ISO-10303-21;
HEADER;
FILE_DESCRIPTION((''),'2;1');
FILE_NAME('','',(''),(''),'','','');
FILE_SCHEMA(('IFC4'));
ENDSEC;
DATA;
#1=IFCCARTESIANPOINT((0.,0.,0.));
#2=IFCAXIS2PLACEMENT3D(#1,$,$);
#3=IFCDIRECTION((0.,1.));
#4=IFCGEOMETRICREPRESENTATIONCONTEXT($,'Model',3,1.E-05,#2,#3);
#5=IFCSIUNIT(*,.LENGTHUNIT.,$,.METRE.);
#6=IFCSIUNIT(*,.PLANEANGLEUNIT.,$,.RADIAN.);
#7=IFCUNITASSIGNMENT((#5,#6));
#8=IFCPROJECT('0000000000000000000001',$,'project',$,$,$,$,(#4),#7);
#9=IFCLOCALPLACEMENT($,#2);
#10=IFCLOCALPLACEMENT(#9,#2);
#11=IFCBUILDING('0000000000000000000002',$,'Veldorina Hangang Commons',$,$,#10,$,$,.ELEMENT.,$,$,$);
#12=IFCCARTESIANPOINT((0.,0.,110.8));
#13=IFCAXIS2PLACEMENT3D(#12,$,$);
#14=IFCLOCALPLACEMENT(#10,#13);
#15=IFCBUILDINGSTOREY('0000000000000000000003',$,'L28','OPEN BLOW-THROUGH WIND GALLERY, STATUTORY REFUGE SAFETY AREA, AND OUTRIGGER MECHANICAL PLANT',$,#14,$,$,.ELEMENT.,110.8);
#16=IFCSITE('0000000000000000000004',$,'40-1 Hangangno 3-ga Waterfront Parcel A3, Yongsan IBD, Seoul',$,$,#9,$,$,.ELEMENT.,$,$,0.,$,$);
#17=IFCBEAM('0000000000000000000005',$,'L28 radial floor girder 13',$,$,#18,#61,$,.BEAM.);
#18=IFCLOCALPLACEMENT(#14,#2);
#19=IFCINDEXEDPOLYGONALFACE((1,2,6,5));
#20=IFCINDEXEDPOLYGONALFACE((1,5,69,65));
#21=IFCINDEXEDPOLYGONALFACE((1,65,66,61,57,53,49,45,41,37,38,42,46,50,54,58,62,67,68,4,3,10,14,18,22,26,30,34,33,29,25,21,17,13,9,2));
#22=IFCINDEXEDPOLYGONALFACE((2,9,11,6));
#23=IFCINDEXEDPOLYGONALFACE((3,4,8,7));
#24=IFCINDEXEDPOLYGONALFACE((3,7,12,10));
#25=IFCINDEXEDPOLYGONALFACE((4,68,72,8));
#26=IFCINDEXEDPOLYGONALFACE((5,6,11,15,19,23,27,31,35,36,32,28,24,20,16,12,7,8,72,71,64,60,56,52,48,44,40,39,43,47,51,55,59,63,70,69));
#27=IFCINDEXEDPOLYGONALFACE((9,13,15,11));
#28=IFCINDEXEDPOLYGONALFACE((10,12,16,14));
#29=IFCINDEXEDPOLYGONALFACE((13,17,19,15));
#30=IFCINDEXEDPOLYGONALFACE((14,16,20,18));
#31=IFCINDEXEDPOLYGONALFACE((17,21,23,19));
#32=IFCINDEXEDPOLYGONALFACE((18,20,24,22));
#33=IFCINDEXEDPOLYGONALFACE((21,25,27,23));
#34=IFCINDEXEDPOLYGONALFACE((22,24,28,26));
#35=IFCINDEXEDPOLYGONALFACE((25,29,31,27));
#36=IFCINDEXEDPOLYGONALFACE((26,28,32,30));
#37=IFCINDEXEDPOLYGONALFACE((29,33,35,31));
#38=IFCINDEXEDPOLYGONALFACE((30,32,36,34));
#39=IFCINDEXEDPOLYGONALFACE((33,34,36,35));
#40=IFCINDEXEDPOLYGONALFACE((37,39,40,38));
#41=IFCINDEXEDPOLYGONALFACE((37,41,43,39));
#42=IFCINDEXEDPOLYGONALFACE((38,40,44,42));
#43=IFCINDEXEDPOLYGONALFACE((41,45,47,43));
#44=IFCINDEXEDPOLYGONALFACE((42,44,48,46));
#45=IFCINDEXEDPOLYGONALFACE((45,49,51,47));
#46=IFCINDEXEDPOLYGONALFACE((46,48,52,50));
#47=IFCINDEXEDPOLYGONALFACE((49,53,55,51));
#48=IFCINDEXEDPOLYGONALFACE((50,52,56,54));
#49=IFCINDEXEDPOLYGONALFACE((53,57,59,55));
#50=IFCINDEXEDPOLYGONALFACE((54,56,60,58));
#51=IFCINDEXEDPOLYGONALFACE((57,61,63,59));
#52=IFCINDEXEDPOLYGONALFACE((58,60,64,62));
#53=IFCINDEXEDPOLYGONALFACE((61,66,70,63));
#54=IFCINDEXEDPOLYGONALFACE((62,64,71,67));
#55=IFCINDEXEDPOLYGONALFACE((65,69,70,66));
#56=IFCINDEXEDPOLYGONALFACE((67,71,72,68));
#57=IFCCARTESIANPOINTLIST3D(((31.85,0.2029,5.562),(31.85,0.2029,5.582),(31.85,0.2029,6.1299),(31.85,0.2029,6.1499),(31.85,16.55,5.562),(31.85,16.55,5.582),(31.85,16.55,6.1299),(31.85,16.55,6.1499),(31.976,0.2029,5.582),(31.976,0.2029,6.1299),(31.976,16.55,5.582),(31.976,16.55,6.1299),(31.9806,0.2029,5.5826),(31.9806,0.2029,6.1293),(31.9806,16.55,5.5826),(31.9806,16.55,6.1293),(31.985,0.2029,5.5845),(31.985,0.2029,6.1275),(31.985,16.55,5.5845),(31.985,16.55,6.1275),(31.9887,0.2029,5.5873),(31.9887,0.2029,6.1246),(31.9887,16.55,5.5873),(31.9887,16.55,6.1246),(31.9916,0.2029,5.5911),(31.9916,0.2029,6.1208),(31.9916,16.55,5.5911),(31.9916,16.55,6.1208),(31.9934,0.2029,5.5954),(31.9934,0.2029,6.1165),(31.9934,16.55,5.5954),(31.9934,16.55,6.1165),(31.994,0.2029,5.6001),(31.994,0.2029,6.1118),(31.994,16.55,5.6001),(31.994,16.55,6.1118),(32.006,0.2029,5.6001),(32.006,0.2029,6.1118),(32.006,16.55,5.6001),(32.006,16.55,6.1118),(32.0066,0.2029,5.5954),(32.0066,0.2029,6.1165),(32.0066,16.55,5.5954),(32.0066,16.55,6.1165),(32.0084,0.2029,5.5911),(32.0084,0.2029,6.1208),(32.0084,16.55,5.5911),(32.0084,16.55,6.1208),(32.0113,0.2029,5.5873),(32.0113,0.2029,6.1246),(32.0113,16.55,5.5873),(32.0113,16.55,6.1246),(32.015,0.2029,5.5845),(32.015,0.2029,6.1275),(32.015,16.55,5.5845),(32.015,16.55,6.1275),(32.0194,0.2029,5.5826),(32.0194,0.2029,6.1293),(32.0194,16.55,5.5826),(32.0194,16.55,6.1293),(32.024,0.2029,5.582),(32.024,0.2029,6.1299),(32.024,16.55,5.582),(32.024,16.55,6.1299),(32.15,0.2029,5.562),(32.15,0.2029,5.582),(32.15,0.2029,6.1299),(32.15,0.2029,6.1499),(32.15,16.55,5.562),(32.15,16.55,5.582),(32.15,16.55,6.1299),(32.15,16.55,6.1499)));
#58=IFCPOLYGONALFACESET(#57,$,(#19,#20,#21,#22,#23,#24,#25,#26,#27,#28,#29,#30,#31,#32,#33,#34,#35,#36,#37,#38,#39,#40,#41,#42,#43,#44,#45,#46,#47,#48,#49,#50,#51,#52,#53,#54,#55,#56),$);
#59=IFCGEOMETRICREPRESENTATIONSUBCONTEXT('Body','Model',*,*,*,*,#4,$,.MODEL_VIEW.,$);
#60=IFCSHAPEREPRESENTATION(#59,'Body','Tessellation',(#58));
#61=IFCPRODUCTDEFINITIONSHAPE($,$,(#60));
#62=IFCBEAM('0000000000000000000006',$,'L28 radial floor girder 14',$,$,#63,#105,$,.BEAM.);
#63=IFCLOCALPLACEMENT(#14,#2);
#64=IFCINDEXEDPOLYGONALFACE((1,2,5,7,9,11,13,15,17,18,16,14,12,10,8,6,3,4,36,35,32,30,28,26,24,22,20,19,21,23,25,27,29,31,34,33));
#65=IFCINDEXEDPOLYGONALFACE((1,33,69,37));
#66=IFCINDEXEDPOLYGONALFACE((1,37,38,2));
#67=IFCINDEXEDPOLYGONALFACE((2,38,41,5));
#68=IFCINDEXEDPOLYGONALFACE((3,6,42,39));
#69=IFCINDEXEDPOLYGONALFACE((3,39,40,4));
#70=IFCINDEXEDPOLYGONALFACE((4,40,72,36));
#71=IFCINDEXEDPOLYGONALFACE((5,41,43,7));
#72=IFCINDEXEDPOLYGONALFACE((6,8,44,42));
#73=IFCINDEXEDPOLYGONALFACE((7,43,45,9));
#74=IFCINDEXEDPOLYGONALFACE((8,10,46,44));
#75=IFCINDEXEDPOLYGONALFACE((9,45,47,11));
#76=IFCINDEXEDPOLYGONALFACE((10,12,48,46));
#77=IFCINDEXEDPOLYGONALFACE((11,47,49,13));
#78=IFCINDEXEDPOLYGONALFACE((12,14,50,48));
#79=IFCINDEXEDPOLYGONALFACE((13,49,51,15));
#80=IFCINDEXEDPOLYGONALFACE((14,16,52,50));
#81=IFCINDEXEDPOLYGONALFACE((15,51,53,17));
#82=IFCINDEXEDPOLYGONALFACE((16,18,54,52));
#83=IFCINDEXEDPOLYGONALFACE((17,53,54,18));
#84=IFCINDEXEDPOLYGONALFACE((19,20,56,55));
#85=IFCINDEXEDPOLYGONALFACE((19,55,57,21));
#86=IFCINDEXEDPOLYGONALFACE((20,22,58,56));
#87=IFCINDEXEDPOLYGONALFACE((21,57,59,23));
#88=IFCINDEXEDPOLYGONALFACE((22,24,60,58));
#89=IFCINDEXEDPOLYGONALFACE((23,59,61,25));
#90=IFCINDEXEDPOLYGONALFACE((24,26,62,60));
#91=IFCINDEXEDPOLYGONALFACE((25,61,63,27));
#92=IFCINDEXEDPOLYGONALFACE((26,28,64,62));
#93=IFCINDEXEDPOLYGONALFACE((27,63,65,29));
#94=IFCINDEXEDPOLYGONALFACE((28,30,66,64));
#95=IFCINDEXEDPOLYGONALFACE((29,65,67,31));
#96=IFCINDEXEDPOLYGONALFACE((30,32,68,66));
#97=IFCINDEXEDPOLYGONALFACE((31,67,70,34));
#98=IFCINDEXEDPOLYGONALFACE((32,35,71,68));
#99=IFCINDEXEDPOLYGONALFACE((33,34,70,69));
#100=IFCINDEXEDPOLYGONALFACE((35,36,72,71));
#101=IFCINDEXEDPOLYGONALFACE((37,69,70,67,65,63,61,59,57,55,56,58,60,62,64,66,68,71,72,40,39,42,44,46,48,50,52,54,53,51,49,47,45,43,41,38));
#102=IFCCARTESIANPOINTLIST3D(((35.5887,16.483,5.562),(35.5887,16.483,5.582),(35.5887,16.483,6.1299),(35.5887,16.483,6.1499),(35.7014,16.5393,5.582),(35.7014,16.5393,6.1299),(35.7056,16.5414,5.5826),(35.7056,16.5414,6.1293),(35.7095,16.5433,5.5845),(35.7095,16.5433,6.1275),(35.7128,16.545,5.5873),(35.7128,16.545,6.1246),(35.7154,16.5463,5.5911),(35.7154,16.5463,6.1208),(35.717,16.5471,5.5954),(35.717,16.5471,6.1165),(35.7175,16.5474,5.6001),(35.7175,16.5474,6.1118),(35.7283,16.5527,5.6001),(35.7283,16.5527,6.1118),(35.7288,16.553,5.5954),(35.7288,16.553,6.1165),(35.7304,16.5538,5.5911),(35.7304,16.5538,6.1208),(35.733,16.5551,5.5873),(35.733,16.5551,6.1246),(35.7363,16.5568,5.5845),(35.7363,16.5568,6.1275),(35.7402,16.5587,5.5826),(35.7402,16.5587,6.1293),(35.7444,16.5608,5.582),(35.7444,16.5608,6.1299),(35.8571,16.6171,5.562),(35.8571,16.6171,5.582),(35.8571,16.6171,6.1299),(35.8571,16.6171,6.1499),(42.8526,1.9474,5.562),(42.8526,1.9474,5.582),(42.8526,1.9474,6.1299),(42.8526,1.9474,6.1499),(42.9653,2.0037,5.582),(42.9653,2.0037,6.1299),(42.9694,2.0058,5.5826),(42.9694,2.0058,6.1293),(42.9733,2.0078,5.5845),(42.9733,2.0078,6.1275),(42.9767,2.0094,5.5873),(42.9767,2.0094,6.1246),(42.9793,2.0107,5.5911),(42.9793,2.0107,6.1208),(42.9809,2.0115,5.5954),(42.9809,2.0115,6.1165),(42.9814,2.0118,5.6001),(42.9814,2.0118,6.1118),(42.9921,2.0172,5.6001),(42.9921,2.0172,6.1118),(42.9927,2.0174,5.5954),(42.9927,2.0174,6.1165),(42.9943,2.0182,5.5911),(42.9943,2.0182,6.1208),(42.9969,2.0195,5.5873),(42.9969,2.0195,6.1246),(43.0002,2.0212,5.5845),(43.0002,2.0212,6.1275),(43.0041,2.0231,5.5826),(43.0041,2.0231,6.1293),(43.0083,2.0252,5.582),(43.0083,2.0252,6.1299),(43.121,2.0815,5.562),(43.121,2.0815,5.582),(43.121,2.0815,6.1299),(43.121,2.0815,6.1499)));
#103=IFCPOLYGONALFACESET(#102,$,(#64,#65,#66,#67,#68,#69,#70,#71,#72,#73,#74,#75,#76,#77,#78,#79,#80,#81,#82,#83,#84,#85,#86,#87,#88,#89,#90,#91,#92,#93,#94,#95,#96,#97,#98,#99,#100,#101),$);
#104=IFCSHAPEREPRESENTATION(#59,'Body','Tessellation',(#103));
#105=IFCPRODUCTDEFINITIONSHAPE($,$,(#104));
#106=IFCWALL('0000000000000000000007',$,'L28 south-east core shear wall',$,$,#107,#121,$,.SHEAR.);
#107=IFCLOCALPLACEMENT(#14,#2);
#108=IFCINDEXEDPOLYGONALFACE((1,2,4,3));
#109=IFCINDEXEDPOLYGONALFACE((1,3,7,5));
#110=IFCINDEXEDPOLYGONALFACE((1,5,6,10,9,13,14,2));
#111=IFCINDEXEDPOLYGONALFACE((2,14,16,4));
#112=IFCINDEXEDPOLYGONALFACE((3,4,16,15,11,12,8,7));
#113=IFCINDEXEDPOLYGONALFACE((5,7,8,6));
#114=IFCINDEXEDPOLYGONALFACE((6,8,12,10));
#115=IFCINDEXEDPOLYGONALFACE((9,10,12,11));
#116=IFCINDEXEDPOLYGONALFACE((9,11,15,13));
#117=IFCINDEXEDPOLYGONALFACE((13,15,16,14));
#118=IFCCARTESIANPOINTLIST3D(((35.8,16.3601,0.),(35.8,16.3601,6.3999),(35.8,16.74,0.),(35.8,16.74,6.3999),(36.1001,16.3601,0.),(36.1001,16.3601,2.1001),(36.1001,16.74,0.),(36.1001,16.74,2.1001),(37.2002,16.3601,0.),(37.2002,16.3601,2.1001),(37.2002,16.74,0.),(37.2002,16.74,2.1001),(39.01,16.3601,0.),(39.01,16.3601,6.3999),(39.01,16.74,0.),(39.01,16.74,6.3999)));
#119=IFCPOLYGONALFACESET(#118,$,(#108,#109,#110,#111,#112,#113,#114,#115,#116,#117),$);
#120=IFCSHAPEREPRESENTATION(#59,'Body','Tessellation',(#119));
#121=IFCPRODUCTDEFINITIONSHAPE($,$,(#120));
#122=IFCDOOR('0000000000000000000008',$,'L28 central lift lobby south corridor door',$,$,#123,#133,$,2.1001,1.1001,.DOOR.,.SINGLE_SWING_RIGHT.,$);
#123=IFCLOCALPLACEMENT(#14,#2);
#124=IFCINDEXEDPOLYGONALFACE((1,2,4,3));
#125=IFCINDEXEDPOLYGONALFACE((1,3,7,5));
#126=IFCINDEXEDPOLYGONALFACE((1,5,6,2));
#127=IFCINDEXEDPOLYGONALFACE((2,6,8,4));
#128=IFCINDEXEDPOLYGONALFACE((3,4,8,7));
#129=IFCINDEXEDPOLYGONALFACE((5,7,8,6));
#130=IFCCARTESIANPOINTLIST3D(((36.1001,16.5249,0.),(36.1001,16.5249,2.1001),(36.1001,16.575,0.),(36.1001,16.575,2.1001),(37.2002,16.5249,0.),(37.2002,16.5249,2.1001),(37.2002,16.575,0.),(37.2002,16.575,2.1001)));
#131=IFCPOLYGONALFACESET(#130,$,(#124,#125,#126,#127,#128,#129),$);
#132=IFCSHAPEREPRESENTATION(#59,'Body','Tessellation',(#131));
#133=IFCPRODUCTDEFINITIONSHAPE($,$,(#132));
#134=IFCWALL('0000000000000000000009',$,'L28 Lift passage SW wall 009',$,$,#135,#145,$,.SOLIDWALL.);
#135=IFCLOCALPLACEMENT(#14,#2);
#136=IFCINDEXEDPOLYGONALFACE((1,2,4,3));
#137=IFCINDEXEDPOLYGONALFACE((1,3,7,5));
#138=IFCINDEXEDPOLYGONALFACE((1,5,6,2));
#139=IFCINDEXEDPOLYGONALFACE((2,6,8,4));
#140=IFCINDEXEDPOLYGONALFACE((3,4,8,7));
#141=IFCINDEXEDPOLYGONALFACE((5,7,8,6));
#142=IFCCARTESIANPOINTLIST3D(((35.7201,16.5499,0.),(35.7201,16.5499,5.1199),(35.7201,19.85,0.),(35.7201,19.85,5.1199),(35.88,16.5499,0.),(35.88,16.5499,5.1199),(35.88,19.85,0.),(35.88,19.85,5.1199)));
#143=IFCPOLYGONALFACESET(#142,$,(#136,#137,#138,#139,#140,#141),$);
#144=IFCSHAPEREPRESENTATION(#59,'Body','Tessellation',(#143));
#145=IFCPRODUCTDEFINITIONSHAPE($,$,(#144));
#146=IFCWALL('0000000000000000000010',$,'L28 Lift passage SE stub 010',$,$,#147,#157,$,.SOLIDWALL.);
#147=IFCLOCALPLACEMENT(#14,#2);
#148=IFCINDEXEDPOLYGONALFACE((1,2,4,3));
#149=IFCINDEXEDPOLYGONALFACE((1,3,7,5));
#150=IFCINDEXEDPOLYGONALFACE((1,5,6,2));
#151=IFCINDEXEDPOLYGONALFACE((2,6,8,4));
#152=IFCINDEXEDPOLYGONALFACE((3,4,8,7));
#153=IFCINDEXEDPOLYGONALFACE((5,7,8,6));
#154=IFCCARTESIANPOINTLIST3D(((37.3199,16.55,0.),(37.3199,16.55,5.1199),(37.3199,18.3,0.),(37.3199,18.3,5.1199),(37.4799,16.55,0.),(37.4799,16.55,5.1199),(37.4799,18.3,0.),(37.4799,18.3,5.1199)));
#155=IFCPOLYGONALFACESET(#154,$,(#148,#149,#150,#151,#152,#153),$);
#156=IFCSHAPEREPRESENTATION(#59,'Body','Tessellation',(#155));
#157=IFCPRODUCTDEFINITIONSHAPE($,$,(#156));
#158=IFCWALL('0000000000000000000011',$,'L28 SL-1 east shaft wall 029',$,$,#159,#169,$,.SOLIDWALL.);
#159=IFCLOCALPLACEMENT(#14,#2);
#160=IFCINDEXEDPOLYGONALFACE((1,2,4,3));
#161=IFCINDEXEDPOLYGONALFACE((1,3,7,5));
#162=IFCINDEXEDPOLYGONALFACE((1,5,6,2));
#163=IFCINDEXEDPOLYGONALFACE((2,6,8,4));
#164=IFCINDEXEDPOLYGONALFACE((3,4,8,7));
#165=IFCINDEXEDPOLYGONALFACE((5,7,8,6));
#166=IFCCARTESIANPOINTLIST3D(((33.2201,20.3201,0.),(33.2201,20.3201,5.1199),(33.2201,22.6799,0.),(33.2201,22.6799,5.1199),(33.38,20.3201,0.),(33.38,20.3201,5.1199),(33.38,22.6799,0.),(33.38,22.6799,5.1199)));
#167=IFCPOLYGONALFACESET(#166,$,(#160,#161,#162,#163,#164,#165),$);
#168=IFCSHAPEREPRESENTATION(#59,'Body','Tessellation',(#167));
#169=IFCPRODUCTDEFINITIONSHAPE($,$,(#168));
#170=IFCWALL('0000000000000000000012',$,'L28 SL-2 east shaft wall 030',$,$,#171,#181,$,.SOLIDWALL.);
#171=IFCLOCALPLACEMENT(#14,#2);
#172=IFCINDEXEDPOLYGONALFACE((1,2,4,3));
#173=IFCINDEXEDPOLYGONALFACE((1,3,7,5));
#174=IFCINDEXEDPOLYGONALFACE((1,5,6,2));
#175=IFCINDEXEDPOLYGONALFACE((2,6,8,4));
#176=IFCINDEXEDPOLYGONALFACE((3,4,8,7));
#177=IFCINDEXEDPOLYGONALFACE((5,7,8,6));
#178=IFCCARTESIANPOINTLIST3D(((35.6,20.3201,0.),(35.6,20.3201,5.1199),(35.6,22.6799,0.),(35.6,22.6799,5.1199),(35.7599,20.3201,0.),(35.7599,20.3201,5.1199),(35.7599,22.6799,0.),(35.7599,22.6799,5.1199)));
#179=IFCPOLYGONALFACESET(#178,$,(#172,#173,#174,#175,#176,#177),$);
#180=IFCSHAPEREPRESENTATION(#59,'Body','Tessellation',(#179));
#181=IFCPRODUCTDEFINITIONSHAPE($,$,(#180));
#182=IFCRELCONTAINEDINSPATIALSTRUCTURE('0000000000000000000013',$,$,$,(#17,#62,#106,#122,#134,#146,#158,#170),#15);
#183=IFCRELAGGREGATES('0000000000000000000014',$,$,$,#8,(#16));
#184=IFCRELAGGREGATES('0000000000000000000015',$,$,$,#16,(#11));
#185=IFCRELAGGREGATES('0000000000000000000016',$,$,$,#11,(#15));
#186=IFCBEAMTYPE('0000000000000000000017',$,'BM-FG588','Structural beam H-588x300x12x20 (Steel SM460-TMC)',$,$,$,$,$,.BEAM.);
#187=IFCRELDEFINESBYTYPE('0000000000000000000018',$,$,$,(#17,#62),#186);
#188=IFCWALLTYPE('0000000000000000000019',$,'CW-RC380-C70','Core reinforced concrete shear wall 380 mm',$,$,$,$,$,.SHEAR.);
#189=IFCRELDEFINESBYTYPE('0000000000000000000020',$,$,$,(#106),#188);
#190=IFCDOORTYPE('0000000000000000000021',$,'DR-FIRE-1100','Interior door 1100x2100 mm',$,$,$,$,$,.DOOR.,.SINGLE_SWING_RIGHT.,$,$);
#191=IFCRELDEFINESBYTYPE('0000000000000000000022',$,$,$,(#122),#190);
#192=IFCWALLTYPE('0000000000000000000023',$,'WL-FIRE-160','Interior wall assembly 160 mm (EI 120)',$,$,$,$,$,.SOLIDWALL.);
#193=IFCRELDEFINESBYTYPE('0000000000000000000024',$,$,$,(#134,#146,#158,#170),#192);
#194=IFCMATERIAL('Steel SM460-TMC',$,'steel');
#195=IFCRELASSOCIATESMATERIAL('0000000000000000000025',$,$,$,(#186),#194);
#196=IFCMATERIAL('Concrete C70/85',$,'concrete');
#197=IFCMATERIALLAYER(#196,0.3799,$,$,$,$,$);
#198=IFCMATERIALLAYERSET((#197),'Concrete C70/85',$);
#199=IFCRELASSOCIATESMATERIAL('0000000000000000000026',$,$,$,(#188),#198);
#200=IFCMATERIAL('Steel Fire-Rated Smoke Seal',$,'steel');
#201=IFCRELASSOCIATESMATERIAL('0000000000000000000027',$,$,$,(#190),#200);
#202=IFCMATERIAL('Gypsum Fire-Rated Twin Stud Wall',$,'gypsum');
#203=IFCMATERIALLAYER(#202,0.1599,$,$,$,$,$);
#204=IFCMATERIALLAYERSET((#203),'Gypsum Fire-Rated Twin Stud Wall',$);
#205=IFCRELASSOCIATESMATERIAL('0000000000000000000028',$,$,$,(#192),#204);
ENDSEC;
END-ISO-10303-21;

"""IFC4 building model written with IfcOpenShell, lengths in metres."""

from ifc_helpers import new_model, si_unit, direction, frame, frame_2d, origin, origin_2d, place, context, subcontext, project, spatial, rectangle, i_section, extrude, material, layer, layer_set, material_profile, profile_set, type_object, element, fill, save


model = new_model("IFC4")

# Units and contexts
model_context = context("Model", 3, precision=1e-05, world=origin(), true_north=direction((0.0, 1.0)))
body_context = subcontext(model_context, "Body", "Model", "MODEL_VIEW")
ifc_project = project(units=[si_unit("LENGTHUNIT", "METRE"), si_unit("PLANEANGLEUNIT", "RADIAN")], contexts=[model_context])

# Site, building, storey
site_placement = place(None, origin())
site = spatial("IfcSite", under=ifc_project, at=site_placement, Name="40-1 Hangangno 3-ga Waterfront Parcel A3, Yongsan IBD, Seoul", CompositionType="ELEMENT", RefElevation=0.0)
building_placement = place(site_placement, origin())
building = spatial("IfcBuilding", under=site, at=building_placement, Name="Veldorina Hangang Commons", CompositionType="ELEMENT")
storey_placement = place(building_placement, frame((0.0, 0.0, 110.8)))
storey = spatial("IfcBuildingStorey", under=building, at=storey_placement, Name="L28", Description="OPEN BLOW-THROUGH WIND GALLERY, STATUTORY REFUGE SAFETY AREA, AND OUTRIGGER MECHANICAL PLANT", CompositionType="ELEMENT", Elevation=110.8)

# Beams
ifc_material_1 = material(Name="Steel SM460-TMC", Category="steel")
ifc_material_profile = material_profile(ifc_material_1, i_section(OverallWidth=0.3, OverallDepth=0.5879, WebThickness=0.012, FlangeThickness=0.02, FilletRadius=0.0181, at=origin_2d()), Name="H-588x300x12x20")
ifc_profile_set = profile_set([ifc_material_profile], Name="Steel SM460-TMC")
beam_type = type_object("IfcBeamType", Name="BM-FG588", Description="Structural beam H-588x300x12x20 (Steel SM460-TMC)", PredefinedType="BEAM", material=ifc_profile_set)
beam_1_placement = place(storey_placement, frame((32.0, 16.55, 5.856), z_axis=(0.0, -1.0, 0.0), x_axis=(1.0, 0.0, 0.0)))
element("IfcBeam", 1, at=beam_1_placement, inside=storey, type_object=beam_type, Name="L28 radial floor girder 13", PredefinedType="BEAM", context=body_context, shape_type="SweptSolid", body=[
    extrude(i_section(OverallWidth=0.3, OverallDepth=0.5879, WebThickness=0.012, FlangeThickness=0.02, FilletRadius=0.0181, at=origin_2d()), origin(), (0.0, 0.0, 1.0), 16.3472),
])
beam_2_placement = place(storey_placement, frame((35.7229, 16.55, 5.856), z_axis=(0.447021, -0.894523, 0.0), x_axis=(0.894523, 0.447021, 0.0)))
element("IfcBeam", 2, at=beam_2_placement, inside=storey, type_object=beam_type, Name="L28 radial floor girder 14", PredefinedType="BEAM", context=body_context, shape_type="SweptSolid", body=[
    extrude(i_section(OverallWidth=0.3, OverallDepth=0.5879, WebThickness=0.012, FlangeThickness=0.02, FilletRadius=0.0181, at=origin_2d()), origin(), (0.0, 0.0, 1.0), 16.2495),
])

# Wall, opening, door
ifc_material_2 = material(Name="Concrete C70/85", Category="concrete")
ifc_layer_1 = layer(ifc_material_2, 0.3799)
ifc_layer_set_1 = layer_set([ifc_layer_1], Name="Concrete C70/85")
wall_type_1 = type_object("IfcWallType", Name="CW-RC380-C70", Description="Core reinforced concrete shear wall 380 mm", PredefinedType="SHEAR", material=ifc_layer_set_1)
wall_1_placement = place(storey_placement, frame((35.8, 16.55, 0.0), z_axis=(0.0, 0.0, 1.0), x_axis=(1.0, 0.0, 0.0)))
wall_1 = element("IfcWall", 3, at=wall_1_placement, inside=storey, type_object=wall_type_1, Name="L28 south-east core shear wall", PredefinedType="SHEAR", context=body_context, shape_type="SweptSolid", body=[
    extrude(rectangle(XDim=3.21, YDim=0.3799, at=frame_2d((1.605, 0.0))), origin(), (0.0, 0.0, 1.0), 6.3999),
])
opening_1_placement = place(wall_1_placement, frame((0.3, 0.0, 0.0)))
opening_1 = element("IfcOpeningElement", 4, at=opening_1_placement, cuts=wall_1, PredefinedType="OPENING", context=body_context, shape_type="SweptSolid", body=[
    extrude(rectangle(XDim=1.1001, YDim=2.1001, at=frame_2d((0.55, 1.05))), frame((0.0, 0.2, 0.0), z_axis=(0.0, -1.0, 0.0), x_axis=(1.0, 0.0, 0.0)), (0.0, 0.0, 1.0), 0.3999),
])
ifc_material_3 = material(Name="Steel Fire-Rated Smoke Seal", Category="steel")
door_type_1 = type_object("IfcDoorType", Name="DR-FIRE-1100", Description="Interior door 1100x2100 mm", OperationType="SINGLE_SWING_RIGHT", PredefinedType="DOOR", material=ifc_material_3)
door_1_placement = place(opening_1_placement, origin())
door_1 = element("IfcDoor", 5, at=door_1_placement, inside=storey, type_object=door_type_1, Name="L28 central lift lobby south corridor door", OperationType="SINGLE_SWING_RIGHT", OverallHeight=2.1001, OverallWidth=1.1001, PredefinedType="DOOR", context=body_context, shape_type="SweptSolid", body=[
    extrude(rectangle(XDim=1.1001, YDim=2.1001, at=frame_2d((0.55, 1.05))), frame((0.0, 0.0249, 0.0), z_axis=(0.0, -1.0, 0.0), x_axis=(1.0, 0.0, 0.0)), (0.0, 0.0, 1.0), 0.05),
])
fill(opening_1, door_1)

# Walls
ifc_material_4 = material(Name="Gypsum Fire-Rated Twin Stud Wall", Category="gypsum")
ifc_layer_2 = layer(ifc_material_4, 0.1599)
ifc_layer_set_2 = layer_set([ifc_layer_2], Name="Gypsum Fire-Rated Twin Stud Wall")
wall_type_2 = type_object("IfcWallType", Name="WL-FIRE-160", Description="Interior wall assembly 160 mm (EI 120)", PredefinedType="SOLIDWALL", material=ifc_layer_set_2)
wall_2_placement = place(storey_placement, frame((35.8, 16.55, 0.0), z_axis=(0.0, 0.0, 1.0), x_axis=(0.0, 1.0, 0.0)))
element("IfcWall", 6, at=wall_2_placement, inside=storey, type_object=wall_type_2, Name="L28 Lift passage SW wall 009", PredefinedType="SOLIDWALL", context=body_context, shape_type="SweptSolid", body=[
    extrude(rectangle(XDim=3.3, YDim=0.1599, at=frame_2d((1.6499, 0.0))), origin(), (0.0, 0.0, 1.0), 5.1199),
])
wall_3_placement = place(storey_placement, frame((37.3999, 16.55, 0.0), z_axis=(0.0, 0.0, 1.0), x_axis=(0.0, 1.0, 0.0)))
element("IfcWall", 7, at=wall_3_placement, inside=storey, type_object=wall_type_2, Name="L28 Lift passage SE stub 010", PredefinedType="SOLIDWALL", context=body_context, shape_type="SweptSolid", body=[
    extrude(rectangle(XDim=1.75, YDim=0.1599, at=frame_2d((0.875, 0.0))), origin(), (0.0, 0.0, 1.0), 5.1199),
])
for number, where, z_axis, x_axis, name in (
    (8, (33.3, 20.3201, 0.0), (0.0, 0.0, 1.0), (0.0, 1.0, 0.0), "L28 SL-1 east shaft wall 029"),
    (9, (35.6799, 20.3201, 0.0), (0.0, 0.0, 1.0), (0.0, 1.0, 0.0), "L28 SL-2 east shaft wall 030"),
):
    element("IfcWall", number, at=place(storey_placement, frame(where, z_axis=z_axis, x_axis=x_axis)), inside=storey, type_object=wall_type_2, Name=name, PredefinedType="SOLIDWALL", context=body_context, shape_type="SweptSolid", body=[
        extrude(rectangle(XDim=2.3599, YDim=0.1599, at=frame_2d((1.1799, 0.0))), origin(), (0.0, 0.0, 1.0), 5.1199),
    ])

save(model, "model.ifc")
